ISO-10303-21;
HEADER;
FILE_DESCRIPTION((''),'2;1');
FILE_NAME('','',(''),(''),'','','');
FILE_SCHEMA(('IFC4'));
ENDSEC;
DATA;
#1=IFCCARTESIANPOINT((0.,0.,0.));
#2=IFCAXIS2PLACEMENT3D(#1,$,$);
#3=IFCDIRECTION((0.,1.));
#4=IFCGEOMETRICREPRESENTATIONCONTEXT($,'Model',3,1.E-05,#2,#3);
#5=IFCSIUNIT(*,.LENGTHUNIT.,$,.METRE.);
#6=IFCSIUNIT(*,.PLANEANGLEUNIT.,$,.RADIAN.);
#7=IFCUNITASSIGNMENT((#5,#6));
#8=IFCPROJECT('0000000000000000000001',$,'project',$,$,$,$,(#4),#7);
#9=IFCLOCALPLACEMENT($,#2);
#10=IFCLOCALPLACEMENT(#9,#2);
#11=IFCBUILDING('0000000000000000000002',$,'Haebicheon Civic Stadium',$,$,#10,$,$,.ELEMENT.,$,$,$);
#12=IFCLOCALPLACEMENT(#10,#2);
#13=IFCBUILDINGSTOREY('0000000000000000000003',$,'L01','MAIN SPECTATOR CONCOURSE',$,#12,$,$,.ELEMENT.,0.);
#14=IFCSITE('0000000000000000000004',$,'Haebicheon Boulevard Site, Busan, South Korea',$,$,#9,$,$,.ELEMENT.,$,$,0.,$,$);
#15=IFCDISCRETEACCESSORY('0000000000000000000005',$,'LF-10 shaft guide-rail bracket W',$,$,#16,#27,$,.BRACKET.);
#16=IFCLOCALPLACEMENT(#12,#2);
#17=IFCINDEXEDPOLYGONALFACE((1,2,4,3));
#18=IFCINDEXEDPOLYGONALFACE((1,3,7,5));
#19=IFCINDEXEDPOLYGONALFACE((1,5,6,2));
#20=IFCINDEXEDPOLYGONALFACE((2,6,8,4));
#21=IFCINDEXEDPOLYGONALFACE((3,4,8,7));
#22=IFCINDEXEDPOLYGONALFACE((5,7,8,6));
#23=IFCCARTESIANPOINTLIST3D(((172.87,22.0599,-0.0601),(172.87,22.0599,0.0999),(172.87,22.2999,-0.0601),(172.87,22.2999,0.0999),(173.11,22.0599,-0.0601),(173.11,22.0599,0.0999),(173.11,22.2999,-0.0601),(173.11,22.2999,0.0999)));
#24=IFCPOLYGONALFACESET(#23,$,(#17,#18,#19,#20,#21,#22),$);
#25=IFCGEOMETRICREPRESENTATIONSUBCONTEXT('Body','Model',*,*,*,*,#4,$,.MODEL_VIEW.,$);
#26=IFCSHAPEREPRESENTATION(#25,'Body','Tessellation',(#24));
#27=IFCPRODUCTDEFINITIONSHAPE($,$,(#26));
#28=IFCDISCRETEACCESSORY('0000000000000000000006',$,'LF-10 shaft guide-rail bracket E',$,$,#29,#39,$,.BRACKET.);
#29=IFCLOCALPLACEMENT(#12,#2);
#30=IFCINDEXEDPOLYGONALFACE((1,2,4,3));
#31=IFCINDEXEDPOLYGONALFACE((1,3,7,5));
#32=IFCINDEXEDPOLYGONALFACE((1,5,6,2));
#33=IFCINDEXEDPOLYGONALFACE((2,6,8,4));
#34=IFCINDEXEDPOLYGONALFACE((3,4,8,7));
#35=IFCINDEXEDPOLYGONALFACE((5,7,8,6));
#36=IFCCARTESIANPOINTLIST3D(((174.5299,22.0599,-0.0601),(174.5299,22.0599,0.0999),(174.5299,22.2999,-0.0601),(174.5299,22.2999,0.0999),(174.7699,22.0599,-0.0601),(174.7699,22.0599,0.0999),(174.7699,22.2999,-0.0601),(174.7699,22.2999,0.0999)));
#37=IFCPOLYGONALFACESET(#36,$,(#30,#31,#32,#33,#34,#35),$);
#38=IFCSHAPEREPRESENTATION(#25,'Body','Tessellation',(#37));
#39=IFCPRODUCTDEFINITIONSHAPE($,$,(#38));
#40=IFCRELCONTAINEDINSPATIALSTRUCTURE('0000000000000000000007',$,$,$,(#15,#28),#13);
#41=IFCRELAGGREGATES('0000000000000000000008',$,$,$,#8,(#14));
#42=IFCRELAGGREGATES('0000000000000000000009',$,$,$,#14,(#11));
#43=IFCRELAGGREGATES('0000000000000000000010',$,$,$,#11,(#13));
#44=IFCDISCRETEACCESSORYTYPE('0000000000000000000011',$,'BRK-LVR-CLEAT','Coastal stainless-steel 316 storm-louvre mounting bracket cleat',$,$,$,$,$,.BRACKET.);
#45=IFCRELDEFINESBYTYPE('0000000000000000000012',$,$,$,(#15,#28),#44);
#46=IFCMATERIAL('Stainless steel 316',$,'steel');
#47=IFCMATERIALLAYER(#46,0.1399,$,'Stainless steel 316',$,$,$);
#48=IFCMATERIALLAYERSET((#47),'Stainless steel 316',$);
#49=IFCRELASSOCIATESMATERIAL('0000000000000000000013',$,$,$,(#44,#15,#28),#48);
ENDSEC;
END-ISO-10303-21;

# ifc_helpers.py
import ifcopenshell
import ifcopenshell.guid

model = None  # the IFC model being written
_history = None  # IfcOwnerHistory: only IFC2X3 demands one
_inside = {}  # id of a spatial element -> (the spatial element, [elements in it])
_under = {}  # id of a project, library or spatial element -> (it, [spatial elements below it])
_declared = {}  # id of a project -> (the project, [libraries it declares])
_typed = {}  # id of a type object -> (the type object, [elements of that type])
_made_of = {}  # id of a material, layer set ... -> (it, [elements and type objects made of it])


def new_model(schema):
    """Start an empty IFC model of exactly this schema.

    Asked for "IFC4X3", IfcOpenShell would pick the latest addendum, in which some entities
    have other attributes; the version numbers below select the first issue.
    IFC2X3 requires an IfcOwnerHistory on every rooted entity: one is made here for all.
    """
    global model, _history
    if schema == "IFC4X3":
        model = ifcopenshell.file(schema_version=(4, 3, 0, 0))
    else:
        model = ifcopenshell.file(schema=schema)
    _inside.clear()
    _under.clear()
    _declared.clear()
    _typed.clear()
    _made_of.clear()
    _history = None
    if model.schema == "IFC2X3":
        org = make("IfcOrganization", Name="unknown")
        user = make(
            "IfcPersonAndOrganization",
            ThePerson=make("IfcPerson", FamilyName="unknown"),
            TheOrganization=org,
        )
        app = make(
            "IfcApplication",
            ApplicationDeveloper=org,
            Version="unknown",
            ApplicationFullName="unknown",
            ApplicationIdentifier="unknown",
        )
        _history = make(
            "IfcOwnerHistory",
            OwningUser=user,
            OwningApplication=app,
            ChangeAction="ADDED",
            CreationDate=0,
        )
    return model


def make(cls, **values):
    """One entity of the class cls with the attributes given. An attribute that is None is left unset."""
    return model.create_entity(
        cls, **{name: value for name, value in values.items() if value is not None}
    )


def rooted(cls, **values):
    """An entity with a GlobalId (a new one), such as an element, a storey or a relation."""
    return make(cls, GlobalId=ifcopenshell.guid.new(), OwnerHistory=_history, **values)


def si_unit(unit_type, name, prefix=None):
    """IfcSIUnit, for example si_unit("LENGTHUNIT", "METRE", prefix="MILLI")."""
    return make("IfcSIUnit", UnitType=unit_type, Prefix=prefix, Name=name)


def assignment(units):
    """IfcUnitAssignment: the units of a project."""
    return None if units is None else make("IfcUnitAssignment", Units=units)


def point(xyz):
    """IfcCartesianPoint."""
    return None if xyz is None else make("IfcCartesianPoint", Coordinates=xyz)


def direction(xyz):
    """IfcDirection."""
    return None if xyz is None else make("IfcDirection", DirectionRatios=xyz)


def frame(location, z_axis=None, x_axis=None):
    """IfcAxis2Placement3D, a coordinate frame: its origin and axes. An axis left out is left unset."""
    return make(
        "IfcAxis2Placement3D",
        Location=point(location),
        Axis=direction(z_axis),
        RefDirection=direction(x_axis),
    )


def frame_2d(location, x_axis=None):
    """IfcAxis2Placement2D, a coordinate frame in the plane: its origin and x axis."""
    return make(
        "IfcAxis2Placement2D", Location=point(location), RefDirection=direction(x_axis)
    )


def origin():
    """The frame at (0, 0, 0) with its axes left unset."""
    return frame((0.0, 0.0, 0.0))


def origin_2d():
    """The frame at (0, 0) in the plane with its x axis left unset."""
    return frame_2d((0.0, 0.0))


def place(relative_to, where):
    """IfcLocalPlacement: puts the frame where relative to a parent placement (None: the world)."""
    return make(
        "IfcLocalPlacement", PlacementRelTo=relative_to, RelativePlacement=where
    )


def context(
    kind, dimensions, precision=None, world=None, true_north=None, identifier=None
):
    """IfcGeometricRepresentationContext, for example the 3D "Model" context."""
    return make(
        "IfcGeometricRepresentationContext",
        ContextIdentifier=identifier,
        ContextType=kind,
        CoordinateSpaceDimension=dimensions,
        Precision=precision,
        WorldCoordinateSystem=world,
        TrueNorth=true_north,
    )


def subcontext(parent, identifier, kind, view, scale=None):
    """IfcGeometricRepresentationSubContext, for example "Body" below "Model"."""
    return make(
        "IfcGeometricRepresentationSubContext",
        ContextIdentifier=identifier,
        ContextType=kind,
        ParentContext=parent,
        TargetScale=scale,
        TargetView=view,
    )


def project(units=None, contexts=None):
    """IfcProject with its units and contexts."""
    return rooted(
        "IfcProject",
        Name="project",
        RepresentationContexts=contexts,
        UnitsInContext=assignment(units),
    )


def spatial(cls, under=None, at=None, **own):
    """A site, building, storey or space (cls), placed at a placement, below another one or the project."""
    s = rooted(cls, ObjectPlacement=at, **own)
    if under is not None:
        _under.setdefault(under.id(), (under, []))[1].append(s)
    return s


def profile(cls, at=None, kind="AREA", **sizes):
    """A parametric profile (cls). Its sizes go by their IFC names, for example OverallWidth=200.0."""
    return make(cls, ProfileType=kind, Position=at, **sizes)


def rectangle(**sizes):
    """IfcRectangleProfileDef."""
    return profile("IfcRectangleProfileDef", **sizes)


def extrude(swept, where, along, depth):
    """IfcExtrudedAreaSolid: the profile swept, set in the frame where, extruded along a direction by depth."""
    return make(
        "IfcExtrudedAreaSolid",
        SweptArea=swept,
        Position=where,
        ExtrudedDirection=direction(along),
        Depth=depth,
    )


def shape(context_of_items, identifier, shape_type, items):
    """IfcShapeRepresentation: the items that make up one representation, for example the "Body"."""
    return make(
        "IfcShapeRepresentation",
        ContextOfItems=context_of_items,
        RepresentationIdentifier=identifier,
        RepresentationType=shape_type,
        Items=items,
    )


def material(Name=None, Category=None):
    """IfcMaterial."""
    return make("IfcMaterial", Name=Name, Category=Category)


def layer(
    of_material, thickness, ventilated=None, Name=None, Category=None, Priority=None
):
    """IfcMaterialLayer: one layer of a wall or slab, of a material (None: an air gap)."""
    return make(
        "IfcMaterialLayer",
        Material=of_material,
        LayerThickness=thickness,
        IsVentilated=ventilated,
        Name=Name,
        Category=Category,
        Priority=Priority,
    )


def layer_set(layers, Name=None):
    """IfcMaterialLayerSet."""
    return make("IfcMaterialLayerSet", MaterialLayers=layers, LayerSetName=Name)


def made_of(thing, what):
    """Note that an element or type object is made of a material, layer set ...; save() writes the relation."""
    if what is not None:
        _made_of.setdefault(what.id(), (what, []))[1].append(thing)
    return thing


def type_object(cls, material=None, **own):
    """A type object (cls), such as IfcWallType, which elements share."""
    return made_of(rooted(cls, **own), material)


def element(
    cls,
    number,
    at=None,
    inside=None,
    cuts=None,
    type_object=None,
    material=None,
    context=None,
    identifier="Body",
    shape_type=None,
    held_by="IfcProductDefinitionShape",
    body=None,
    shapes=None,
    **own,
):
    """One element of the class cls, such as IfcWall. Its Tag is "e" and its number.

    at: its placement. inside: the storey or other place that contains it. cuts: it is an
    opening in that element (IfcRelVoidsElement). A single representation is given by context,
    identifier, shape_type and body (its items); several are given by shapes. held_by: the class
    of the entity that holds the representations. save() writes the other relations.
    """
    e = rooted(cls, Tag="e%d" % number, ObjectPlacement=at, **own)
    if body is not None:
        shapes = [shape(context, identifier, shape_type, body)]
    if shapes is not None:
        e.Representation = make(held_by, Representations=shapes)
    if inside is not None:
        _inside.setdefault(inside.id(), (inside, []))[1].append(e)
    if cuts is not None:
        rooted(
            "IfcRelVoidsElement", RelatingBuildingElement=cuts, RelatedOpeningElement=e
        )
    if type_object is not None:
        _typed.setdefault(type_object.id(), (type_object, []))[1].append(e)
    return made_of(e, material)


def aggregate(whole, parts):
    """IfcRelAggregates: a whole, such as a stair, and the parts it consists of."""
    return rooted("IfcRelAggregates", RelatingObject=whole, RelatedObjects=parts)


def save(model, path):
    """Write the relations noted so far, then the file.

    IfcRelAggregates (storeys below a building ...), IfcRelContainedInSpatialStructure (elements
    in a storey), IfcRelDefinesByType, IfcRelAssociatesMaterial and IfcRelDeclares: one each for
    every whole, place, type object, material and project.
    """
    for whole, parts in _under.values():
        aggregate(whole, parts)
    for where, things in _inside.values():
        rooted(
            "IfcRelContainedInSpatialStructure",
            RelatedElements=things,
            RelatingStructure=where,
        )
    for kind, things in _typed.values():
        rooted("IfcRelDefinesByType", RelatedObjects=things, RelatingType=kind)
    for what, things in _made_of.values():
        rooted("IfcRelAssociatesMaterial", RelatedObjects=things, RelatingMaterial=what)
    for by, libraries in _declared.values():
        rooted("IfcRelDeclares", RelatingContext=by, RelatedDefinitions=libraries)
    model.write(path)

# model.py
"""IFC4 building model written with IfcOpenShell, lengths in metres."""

from ifc_helpers import new_model, si_unit, direction, frame, origin, origin_2d, place, context, subcontext, project, spatial, rectangle, extrude, material, layer, layer_set, type_object, element, save


model = new_model("IFC4")

# Units and contexts
model_context = context("Model", 3, precision=1e-05, world=origin(), true_north=direction((0.0, 1.0)))
body_context = subcontext(model_context, "Body", "Model", "MODEL_VIEW")
ifc_project = project(units=[si_unit("LENGTHUNIT", "METRE"), si_unit("PLANEANGLEUNIT", "RADIAN")], contexts=[model_context])

# Site, building, storey
site_placement = place(None, origin())
site = spatial("IfcSite", under=ifc_project, at=site_placement, Name="Haebicheon Boulevard Site, Busan, South Korea", CompositionType="ELEMENT", RefElevation=0.0)
building_placement = place(site_placement, origin())
building = spatial("IfcBuilding", under=site, at=building_placement, Name="Haebicheon Civic Stadium", CompositionType="ELEMENT")
storey_placement = place(building_placement, origin())
storey = spatial("IfcBuildingStorey", under=building, at=storey_placement, Name="L01", Description="MAIN SPECTATOR CONCOURSE", CompositionType="ELEMENT", Elevation=0.0)

# Discrete accessories
ifc_material_1 = material(Name="Stainless steel 316", Category="steel")
ifc_layer_1 = layer(ifc_material_1, 0.1399, Name="Stainless steel 316")
ifc_layer_set_1 = layer_set([ifc_layer_1], Name="Stainless steel 316")
discrete_accessory_type = type_object("IfcDiscreteAccessoryType", Name="BRK-LVR-CLEAT", Description="Coastal stainless-steel 316 storm-louvre mounting bracket cleat", PredefinedType="BRACKET", material=ifc_layer_set_1)
for number, where, z_axis, x_axis, name in (
    (1, (172.99, 22.1799, -0.0601), (0.0, 0.0, 1.0), (1.0, 0.0, 0.0), "LF-10 shaft guide-rail bracket W"),
    (2, (174.6499, 22.1799, -0.0601), (0.0, 0.0, 1.0), (1.0, 0.0, 0.0), "LF-10 shaft guide-rail bracket E"),
):
    element("IfcDiscreteAccessory", number, at=place(storey_placement, frame(where, z_axis=z_axis, x_axis=x_axis)), inside=storey, type_object=discrete_accessory_type, material=ifc_layer_set_1, Name=name, PredefinedType="BRACKET", context=body_context, shape_type="SweptSolid", body=[
        extrude(rectangle(XDim=0.24, YDim=0.24, at=origin_2d()), origin(), (0.0, 0.0, 1.0), 0.1599),
    ])

save(model, "model.ifc")
